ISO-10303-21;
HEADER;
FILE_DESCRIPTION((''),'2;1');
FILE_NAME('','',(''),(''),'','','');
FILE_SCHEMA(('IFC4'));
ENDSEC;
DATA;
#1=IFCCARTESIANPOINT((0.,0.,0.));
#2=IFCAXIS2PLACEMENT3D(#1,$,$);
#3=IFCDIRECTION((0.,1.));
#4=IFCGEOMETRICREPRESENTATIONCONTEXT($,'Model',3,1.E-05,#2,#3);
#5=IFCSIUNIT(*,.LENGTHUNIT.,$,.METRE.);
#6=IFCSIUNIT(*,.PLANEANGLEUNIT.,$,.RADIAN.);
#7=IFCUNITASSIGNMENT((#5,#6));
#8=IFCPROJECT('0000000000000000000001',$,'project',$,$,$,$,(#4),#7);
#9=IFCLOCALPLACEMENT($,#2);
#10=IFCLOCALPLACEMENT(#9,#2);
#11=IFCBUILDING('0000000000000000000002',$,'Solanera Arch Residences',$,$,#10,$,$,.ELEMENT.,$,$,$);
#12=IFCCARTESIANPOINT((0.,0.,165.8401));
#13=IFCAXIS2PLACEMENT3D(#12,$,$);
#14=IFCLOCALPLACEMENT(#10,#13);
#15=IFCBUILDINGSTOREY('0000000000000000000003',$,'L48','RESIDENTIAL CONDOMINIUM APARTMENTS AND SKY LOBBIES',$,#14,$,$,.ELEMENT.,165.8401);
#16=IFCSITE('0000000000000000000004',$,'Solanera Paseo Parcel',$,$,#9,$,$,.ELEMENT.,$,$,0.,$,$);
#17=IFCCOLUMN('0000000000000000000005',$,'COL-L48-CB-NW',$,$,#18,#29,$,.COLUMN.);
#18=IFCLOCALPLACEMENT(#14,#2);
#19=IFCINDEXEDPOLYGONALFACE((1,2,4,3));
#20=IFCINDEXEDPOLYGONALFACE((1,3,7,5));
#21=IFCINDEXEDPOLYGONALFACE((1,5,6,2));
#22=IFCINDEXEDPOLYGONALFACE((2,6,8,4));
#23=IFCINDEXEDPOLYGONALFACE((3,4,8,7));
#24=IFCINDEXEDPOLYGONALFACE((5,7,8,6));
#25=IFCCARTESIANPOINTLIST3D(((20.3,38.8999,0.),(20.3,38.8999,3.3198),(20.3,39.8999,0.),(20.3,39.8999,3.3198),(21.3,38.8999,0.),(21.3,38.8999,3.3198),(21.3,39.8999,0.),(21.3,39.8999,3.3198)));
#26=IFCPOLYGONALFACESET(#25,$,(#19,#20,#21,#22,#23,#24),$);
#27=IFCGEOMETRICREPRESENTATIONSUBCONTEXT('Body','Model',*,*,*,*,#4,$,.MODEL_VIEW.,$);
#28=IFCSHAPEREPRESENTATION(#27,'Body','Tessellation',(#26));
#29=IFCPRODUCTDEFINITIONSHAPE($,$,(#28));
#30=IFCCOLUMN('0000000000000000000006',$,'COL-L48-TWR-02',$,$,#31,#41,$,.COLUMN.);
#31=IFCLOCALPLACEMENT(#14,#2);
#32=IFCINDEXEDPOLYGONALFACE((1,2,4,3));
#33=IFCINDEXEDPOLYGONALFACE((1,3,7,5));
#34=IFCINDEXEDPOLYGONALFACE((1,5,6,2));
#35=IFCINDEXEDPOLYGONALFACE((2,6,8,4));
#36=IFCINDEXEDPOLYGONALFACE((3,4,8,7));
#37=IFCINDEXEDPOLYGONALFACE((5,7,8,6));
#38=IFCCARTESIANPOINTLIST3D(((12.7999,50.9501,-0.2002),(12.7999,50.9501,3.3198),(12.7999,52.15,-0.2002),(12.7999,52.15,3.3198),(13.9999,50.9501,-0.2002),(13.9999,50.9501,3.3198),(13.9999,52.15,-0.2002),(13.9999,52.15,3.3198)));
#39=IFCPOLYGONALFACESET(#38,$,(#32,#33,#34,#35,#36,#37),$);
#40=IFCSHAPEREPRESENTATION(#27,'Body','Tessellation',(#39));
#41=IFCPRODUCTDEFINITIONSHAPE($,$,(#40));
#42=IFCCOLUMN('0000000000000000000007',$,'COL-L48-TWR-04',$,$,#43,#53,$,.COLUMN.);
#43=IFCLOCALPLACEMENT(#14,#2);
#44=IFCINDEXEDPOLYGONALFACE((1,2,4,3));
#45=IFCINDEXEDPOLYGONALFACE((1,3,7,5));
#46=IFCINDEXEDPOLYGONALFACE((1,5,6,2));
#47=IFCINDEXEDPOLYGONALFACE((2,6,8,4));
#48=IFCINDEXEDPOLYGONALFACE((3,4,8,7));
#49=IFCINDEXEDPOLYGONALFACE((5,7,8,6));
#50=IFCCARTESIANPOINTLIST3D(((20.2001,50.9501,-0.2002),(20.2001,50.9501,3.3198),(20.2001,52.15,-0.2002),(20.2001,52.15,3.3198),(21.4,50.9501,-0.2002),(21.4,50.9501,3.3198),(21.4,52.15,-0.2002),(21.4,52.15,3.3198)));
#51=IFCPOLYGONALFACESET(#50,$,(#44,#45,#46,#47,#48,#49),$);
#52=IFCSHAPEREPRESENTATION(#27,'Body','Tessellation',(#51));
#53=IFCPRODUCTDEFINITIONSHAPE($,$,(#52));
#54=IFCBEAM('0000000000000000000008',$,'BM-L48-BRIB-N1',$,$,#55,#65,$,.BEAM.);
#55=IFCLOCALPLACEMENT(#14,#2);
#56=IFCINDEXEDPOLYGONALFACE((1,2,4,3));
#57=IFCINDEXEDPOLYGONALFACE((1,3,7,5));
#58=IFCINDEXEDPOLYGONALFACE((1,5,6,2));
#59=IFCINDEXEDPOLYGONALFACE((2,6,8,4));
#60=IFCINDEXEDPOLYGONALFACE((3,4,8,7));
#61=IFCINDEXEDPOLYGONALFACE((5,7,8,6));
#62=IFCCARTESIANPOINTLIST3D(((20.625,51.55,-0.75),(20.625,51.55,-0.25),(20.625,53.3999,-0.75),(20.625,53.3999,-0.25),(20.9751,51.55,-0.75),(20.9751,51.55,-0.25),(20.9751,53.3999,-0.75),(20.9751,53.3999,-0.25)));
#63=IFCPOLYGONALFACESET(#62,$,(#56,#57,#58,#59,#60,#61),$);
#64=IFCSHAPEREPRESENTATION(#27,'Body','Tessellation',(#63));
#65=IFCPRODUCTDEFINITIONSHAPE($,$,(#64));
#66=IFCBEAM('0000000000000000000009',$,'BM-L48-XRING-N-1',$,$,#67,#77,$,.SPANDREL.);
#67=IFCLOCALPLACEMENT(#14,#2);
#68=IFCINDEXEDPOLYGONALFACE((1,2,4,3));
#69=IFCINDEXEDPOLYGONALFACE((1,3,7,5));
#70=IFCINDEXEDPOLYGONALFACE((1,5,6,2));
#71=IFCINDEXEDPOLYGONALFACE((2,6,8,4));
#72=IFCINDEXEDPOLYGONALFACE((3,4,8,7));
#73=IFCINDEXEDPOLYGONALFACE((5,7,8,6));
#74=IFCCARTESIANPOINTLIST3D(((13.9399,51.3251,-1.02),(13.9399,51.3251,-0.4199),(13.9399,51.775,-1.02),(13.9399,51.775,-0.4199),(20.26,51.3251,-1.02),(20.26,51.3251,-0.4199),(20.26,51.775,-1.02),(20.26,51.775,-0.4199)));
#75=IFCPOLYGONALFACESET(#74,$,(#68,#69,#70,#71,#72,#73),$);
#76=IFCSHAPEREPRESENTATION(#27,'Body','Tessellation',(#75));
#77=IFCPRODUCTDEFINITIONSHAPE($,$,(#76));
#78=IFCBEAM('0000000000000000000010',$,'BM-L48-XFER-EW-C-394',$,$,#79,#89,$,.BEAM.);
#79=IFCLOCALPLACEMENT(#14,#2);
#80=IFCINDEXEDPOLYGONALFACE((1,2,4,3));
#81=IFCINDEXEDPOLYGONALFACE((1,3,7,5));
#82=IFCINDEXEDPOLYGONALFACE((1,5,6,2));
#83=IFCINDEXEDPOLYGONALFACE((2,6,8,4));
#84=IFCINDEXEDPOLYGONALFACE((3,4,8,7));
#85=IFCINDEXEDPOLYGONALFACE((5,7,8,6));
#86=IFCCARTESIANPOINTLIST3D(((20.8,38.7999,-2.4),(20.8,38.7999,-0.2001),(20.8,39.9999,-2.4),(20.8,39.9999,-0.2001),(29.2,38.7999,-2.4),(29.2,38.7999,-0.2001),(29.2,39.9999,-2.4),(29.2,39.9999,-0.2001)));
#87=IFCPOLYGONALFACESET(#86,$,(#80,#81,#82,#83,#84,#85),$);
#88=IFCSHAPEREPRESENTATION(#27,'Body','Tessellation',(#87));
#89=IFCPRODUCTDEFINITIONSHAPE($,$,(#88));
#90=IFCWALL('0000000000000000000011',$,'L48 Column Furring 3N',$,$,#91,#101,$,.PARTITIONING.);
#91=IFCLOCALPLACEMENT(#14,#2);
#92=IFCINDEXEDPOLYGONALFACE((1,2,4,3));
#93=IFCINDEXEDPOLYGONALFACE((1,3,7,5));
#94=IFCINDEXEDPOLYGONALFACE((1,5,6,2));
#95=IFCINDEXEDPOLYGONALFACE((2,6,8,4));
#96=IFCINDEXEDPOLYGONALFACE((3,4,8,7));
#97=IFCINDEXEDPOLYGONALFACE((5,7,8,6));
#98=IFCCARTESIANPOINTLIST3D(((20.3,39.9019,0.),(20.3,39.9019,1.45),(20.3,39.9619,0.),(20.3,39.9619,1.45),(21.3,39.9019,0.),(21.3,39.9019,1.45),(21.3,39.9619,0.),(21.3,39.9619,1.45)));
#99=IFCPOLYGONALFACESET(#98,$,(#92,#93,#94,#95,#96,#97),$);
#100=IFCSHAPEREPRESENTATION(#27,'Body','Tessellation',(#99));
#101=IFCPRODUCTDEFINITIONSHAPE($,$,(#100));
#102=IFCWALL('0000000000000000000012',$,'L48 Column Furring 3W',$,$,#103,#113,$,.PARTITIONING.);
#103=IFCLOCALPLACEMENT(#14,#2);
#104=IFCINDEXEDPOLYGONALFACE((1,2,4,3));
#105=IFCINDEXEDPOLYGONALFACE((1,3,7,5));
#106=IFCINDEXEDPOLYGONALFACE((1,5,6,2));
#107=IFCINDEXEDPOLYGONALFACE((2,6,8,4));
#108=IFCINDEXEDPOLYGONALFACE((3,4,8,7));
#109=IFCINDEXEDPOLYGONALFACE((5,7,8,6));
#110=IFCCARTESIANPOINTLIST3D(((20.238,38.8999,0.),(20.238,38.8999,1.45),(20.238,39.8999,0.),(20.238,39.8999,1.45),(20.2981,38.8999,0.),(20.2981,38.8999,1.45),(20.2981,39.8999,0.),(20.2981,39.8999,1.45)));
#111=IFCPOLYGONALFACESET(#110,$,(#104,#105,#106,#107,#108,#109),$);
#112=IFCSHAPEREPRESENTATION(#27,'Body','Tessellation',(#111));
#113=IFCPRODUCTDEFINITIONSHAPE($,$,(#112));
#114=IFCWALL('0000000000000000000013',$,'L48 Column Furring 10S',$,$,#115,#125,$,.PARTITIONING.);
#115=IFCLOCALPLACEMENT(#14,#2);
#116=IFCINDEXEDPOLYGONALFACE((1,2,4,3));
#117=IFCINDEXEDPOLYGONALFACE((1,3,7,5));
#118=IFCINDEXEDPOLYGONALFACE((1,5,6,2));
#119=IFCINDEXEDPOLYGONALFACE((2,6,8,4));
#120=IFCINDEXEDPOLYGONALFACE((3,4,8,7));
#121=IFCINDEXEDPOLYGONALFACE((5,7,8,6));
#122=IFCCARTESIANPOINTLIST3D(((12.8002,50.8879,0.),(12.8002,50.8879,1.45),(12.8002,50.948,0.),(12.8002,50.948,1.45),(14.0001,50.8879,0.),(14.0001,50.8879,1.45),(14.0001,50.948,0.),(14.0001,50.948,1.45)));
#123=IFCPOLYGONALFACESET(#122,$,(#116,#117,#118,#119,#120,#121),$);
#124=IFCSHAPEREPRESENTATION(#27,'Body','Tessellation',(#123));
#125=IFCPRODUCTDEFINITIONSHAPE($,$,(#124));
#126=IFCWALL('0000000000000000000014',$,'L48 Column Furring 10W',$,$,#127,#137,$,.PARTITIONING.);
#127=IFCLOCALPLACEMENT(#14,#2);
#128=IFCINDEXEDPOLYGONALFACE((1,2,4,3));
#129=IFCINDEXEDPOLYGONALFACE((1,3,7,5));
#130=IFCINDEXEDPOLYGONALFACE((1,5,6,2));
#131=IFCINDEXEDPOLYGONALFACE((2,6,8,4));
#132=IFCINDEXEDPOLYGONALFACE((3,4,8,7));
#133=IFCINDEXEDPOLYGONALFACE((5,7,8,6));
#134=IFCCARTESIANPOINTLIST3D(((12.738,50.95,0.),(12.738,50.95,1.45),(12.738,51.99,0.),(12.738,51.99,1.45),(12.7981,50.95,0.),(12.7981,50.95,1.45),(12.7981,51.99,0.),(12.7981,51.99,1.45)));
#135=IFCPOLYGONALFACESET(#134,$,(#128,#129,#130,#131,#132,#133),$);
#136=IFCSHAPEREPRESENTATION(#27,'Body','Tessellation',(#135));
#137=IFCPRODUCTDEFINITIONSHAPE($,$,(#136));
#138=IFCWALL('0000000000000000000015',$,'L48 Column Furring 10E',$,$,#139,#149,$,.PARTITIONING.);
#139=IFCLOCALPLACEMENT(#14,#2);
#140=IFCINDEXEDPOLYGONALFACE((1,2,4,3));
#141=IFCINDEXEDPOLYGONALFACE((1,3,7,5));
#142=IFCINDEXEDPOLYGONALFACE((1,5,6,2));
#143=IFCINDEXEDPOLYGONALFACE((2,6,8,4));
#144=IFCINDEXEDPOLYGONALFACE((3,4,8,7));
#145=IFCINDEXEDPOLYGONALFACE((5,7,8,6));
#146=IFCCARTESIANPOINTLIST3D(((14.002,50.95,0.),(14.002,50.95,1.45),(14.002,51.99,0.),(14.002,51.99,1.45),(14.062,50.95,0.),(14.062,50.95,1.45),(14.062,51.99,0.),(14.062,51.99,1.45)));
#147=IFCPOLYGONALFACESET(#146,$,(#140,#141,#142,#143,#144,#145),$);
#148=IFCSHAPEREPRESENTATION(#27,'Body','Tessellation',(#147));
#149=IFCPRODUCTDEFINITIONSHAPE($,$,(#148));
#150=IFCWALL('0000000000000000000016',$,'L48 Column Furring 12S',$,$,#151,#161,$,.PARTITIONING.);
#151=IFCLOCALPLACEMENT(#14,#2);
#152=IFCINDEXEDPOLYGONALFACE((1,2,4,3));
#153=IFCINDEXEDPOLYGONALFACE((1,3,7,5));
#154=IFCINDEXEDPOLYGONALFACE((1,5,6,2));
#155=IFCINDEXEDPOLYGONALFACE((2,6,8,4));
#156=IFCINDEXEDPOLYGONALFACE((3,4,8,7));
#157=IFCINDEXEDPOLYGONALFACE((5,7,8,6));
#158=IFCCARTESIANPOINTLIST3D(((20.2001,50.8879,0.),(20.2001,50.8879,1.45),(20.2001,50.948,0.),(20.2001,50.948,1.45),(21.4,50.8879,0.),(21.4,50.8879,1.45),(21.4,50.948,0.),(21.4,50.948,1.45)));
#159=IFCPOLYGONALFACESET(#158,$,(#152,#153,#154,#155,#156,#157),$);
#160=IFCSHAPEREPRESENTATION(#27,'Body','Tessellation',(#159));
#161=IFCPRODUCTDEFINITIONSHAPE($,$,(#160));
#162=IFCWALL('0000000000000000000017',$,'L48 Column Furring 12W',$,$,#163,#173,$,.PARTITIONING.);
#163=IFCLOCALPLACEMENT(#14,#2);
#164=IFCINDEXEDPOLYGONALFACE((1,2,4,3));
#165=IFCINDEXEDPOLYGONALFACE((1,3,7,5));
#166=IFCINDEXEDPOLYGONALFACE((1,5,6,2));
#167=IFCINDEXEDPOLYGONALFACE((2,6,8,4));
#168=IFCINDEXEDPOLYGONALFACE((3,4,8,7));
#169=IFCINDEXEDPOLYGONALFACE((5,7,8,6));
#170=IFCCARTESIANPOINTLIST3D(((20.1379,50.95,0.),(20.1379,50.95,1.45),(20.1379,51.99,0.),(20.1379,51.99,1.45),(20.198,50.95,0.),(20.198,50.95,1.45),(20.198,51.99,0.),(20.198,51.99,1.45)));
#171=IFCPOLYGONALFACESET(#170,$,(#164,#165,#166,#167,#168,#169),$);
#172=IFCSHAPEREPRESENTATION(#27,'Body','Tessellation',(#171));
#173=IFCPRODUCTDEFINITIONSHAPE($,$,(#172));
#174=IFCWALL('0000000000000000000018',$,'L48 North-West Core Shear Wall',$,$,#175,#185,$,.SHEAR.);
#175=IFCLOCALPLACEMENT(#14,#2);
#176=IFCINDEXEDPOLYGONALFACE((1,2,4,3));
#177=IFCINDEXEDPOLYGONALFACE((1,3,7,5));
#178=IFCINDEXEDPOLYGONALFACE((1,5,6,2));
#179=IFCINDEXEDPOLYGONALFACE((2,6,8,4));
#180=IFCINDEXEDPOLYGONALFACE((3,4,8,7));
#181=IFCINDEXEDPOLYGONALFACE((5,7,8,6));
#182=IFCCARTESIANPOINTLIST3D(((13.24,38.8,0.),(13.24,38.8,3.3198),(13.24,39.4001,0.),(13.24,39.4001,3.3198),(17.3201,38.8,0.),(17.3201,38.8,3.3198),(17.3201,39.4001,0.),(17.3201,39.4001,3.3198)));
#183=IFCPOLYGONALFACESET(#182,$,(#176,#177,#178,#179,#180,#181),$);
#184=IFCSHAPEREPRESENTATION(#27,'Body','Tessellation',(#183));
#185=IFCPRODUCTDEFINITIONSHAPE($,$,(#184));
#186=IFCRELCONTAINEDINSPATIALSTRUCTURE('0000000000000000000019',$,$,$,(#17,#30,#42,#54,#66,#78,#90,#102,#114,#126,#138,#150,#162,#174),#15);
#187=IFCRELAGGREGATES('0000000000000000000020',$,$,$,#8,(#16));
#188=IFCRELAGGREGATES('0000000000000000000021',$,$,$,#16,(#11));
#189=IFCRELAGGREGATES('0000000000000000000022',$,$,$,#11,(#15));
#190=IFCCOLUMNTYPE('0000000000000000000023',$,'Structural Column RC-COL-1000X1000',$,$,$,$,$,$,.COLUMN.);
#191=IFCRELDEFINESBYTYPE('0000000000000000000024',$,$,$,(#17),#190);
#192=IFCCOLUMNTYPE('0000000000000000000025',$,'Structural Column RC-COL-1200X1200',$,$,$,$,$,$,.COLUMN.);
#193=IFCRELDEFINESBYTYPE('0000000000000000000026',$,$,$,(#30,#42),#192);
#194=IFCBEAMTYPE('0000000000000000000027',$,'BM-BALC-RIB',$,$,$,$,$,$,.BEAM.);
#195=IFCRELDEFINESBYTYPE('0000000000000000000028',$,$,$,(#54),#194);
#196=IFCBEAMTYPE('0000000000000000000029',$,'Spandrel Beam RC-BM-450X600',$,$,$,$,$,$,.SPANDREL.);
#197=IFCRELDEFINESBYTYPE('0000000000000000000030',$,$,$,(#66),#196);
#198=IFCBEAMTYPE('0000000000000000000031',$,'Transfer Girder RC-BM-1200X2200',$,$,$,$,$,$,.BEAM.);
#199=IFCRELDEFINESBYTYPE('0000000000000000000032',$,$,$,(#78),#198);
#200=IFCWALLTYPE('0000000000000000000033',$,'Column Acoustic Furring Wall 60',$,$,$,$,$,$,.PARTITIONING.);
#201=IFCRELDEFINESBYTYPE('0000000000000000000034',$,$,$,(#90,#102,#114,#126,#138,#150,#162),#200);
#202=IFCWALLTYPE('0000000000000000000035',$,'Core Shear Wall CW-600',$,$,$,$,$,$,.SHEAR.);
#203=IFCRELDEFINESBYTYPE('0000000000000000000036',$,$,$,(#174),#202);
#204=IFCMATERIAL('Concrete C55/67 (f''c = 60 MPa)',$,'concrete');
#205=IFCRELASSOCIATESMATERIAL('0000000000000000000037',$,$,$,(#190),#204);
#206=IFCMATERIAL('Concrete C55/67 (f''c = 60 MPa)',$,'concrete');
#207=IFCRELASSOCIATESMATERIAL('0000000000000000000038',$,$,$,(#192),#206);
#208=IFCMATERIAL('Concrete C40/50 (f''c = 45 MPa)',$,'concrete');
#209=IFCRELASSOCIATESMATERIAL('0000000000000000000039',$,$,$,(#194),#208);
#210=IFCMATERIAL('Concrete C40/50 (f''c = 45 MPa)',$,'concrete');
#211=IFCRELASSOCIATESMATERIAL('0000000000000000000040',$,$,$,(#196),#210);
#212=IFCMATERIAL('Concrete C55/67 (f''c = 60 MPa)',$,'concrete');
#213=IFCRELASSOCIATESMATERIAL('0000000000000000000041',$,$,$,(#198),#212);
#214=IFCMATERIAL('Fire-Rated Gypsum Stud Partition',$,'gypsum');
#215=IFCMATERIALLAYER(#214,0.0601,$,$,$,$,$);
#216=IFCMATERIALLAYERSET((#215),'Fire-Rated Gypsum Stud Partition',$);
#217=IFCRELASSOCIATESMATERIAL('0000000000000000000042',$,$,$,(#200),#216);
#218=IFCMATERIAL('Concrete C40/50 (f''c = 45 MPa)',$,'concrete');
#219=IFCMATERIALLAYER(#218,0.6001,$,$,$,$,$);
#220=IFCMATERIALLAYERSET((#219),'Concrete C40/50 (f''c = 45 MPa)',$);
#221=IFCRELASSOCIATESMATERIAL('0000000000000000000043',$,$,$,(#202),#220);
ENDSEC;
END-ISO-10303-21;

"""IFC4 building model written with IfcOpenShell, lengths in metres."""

from ifc_helpers import new_model, si_unit, direction, frame, frame_2d, origin, origin_2d, place, context, subcontext, project, spatial, rectangle, extrude, material, layer, layer_set, material_profile, profile_set, type_object, element, save


model = new_model("IFC4")

# Units and contexts
model_context = context("Model", 3, precision=1e-05, world=origin(), true_north=direction((0.0, 1.0)))
body_context = subcontext(model_context, "Body", "Model", "MODEL_VIEW")
ifc_project = project(units=[si_unit("LENGTHUNIT", "METRE"), si_unit("PLANEANGLEUNIT", "RADIAN")], contexts=[model_context])

# Site, building, storey
site_placement = place(None, origin())
site = spatial("IfcSite", under=ifc_project, at=site_placement, Name="Solanera Paseo Parcel", CompositionType="ELEMENT", RefElevation=0.0)
building_placement = place(site_placement, origin())
building = spatial("IfcBuilding", under=site, at=building_placement, Name="Solanera Arch Residences", CompositionType="ELEMENT")
storey_placement = place(building_placement, frame((0.0, 0.0, 165.8401)))
storey = spatial("IfcBuildingStorey", under=building, at=storey_placement, Name="L48", Description="RESIDENTIAL CONDOMINIUM APARTMENTS AND SKY LOBBIES", CompositionType="ELEMENT", Elevation=165.8401)

# Columns
ifc_material_1 = material(Name="Concrete C55/67 (f'c = 60 MPa)", Category="concrete")
ifc_material_profile_1 = material_profile(ifc_material_1, rectangle(XDim=1.0, YDim=1.0, at=origin_2d()))
ifc_profile_set_1 = profile_set([ifc_material_profile_1], Name="Concrete C55/67 (f'c = 60 MPa)")
column_type_1 = type_object("IfcColumnType", Name="Structural Column RC-COL-1000X1000", PredefinedType="COLUMN", material=ifc_profile_set_1)
column_placement = place(storey_placement, frame((20.8, 39.3999, 0.0), z_axis=(0.0, 0.0, 1.0), x_axis=(1.0, 0.0, 0.0)))
element("IfcColumn", 1, at=column_placement, inside=storey, type_object=column_type_1, Name="COL-L48-CB-NW", PredefinedType="COLUMN", context=body_context, shape_type="SweptSolid", body=[
    extrude(rectangle(XDim=1.0, YDim=1.0, at=origin_2d()), origin(), (0.0, 0.0, 1.0), 3.3198),
])
ifc_material_2 = material(Name="Concrete C55/67 (f'c = 60 MPa)", Category="concrete")
ifc_material_profile_2 = material_profile(ifc_material_2, rectangle(XDim=1.2, YDim=1.2, at=origin_2d()))
ifc_profile_set_2 = profile_set([ifc_material_profile_2], Name="Concrete C55/67 (f'c = 60 MPa)")
column_type_2 = type_object("IfcColumnType", Name="Structural Column RC-COL-1200X1200", PredefinedType="COLUMN", material=ifc_profile_set_2)
for number, where, z_axis, x_axis, name in (
    (2, (13.3999, 51.55, -0.2002), (0.0, 0.0, 1.0), (1.0, 0.0, 0.0), "COL-L48-TWR-02"),
    (3, (20.8, 51.55, -0.2002), (0.0, 0.0, 1.0), (1.0, 0.0, 0.0), "COL-L48-TWR-04"),
):
    element("IfcColumn", number, at=place(storey_placement, frame(where, z_axis=z_axis, x_axis=x_axis)), inside=storey, type_object=column_type_2, Name=name, PredefinedType="COLUMN", context=body_context, shape_type="SweptSolid", body=[
        extrude(rectangle(XDim=1.2, YDim=1.2, at=origin_2d()), origin(), (0.0, 0.0, 1.0), 3.52),
    ])

# Beams
ifc_material_3 = material(Name="Concrete C40/50 (f'c = 45 MPa)", Category="concrete")
ifc_material_profile_3 = material_profile(ifc_material_3, rectangle(XDim=0.3501, YDim=0.5, at=origin_2d()))
ifc_profile_set_3 = profile_set([ifc_material_profile_3], Name="Concrete C40/50 (f'c = 45 MPa)")
beam_type_1 = type_object("IfcBeamType", Name="BM-BALC-RIB", PredefinedType="BEAM", material=ifc_profile_set_3)
beam_1_placement = place(storey_placement, frame((20.8, 51.55, -0.5), z_axis=(0.0, 1.0, 0.0), x_axis=(-1.0, 0.0, 0.0)))
element("IfcBeam", 4, at=beam_1_placement, inside=storey, type_object=beam_type_1, Name="BM-L48-BRIB-N1", PredefinedType="BEAM", context=body_context, shape_type="SweptSolid", body=[
    extrude(rectangle(XDim=0.3501, YDim=0.5, at=origin_2d()), origin(), (0.0, 0.0, 1.0), 1.8499),
])
ifc_material_4 = material(Name="Concrete C40/50 (f'c = 45 MPa)", Category="concrete")
ifc_material_profile_4 = material_profile(ifc_material_4, rectangle(XDim=0.45, YDim=0.6001, at=origin_2d()))
ifc_profile_set_4 = profile_set([ifc_material_profile_4], Name="Concrete C40/50 (f'c = 45 MPa)")
beam_type_2 = type_object("IfcBeamType", Name="Spandrel Beam RC-BM-450X600", PredefinedType="SPANDREL", material=ifc_profile_set_4)
beam_2_placement = place(storey_placement, frame((13.9399, 51.55, -0.72), z_axis=(1.0, 0.0, 0.0), x_axis=(0.0, 1.0, 0.0)))
element("IfcBeam", 5, at=beam_2_placement, inside=storey, type_object=beam_type_2, Name="BM-L48-XRING-N-1", PredefinedType="SPANDREL", context=body_context, shape_type="SweptSolid", body=[
    extrude(rectangle(XDim=0.45, YDim=0.6001, at=origin_2d()), origin(), (0.0, 0.0, 1.0), 6.3201),
])
ifc_material_5 = material(Name="Concrete C55/67 (f'c = 60 MPa)", Category="concrete")
ifc_material_profile_5 = material_profile(ifc_material_5, rectangle(XDim=1.2, YDim=2.2, at=origin_2d()))
ifc_profile_set_5 = profile_set([ifc_material_profile_5], Name="Concrete C55/67 (f'c = 60 MPa)")
beam_type_3 = type_object("IfcBeamType", Name="Transfer Girder RC-BM-1200X2200", PredefinedType="BEAM", material=ifc_profile_set_5)
beam_3_placement = place(storey_placement, frame((20.8, 39.3999, -1.3), z_axis=(1.0, 0.0, 0.0), x_axis=(0.0, 1.0, 0.0)))
element("IfcBeam", 6, at=beam_3_placement, inside=storey, type_object=beam_type_3, Name="BM-L48-XFER-EW-C-394", PredefinedType="BEAM", context=body_context, shape_type="SweptSolid", body=[
    extrude(rectangle(XDim=1.2, YDim=2.2, at=origin_2d()), origin(), (0.0, 0.0, 1.0), 8.3999),
])

# Walls
ifc_material_6 = material(Name="Fire-Rated Gypsum Stud Partition", Category="gypsum")
ifc_layer_1 = layer(ifc_material_6, 0.0601)
ifc_layer_set_1 = layer_set([ifc_layer_1], Name="Fire-Rated Gypsum Stud Partition")
wall_type_1 = type_object("IfcWallType", Name="Column Acoustic Furring Wall 60", PredefinedType="PARTITIONING", material=ifc_layer_set_1)
for number, where, z_axis, x_axis, name in (
    (7, (20.3, 39.9319, 0.0), (0.0, 0.0, 1.0), (1.0, 0.0, 0.0), "L48 Column Furring 3N"),
    (8, (20.2681, 38.8999, 0.0), (0.0, 0.0, 1.0), (0.0, 1.0, 0.0), "L48 Column Furring 3W"),
):
    element("IfcWall", number, at=place(storey_placement, frame(where, z_axis=z_axis, x_axis=x_axis)), inside=storey, type_object=wall_type_1, Name=name, PredefinedType="PARTITIONING", context=body_context, shape_type="SweptSolid", body=[
        extrude(rectangle(XDim=1.0, YDim=0.0601, at=frame_2d((0.5, 0.0))), origin(), (0.0, 0.0, 1.0), 1.45),
    ])
wall_1_placement = place(storey_placement, frame((12.8, 50.918, 0.0), z_axis=(0.0, 0.0, 1.0), x_axis=(1.0, 0.0, 0.0)))
element("IfcWall", 9, at=wall_1_placement, inside=storey, type_object=wall_type_1, Name="L48 Column Furring 10S", PredefinedType="PARTITIONING", context=body_context, shape_type="SweptSolid", body=[
    extrude(rectangle(XDim=1.2, YDim=0.0601, at=frame_2d((0.6001, 0.0))), origin(), (0.0, 0.0, 1.0), 1.45),
])
for number, where, z_axis, x_axis, name in (
    (10, (12.7681, 50.95, 0.0), (0.0, 0.0, 1.0), (0.0, 1.0, 0.0), "L48 Column Furring 10W"),
    (11, (14.032, 50.95, 0.0), (0.0, 0.0, 1.0), (0.0, 1.0, 0.0), "L48 Column Furring 10E"),
):
    element("IfcWall", number, at=place(storey_placement, frame(where, z_axis=z_axis, x_axis=x_axis)), inside=storey, type_object=wall_type_1, Name=name, PredefinedType="PARTITIONING", context=body_context, shape_type="SweptSolid", body=[
        extrude(rectangle(XDim=1.04, YDim=0.0601, at=frame_2d((0.52, 0.0))), origin(), (0.0, 0.0, 1.0), 1.45),
    ])
wall_2_placement = place(storey_placement, frame((20.2, 50.918, 0.0), z_axis=(0.0, 0.0, 1.0), x_axis=(1.0, 0.0, 0.0)))
element("IfcWall", 12, at=wall_2_placement, inside=storey, type_object=wall_type_1, Name="L48 Column Furring 12S", PredefinedType="PARTITIONING", context=body_context, shape_type="SweptSolid", body=[
    extrude(rectangle(XDim=1.2, YDim=0.0601, at=frame_2d((0.6001, 0.0))), origin(), (0.0, 0.0, 1.0), 1.45),
])
wall_3_placement = place(storey_placement, frame((20.168, 50.95, 0.0), z_axis=(0.0, 0.0, 1.0), x_axis=(0.0, 1.0, 0.0)))
element("IfcWall", 13, at=wall_3_placement, inside=storey, type_object=wall_type_1, Name="L48 Column Furring 12W", PredefinedType="PARTITIONING", context=body_context, shape_type="SweptSolid", body=[
    extrude(rectangle(XDim=1.04, YDim=0.0601, at=frame_2d((0.52, 0.0))), origin(), (0.0, 0.0, 1.0), 1.45),
])
ifc_material_7 = material(Name="Concrete C40/50 (f'c = 45 MPa)", Category="concrete")
ifc_layer_2 = layer(ifc_material_7, 0.6001)
ifc_layer_set_2 = layer_set([ifc_layer_2], Name="Concrete C40/50 (f'c = 45 MPa)")
wall_type_2 = type_object("IfcWallType", Name="Core Shear Wall CW-600", PredefinedType="SHEAR", material=ifc_layer_set_2)
wall_4_placement = place(storey_placement, frame((13.24, 39.1001, 0.0), z_axis=(0.0, 0.0, 1.0), x_axis=(1.0, 0.0, 0.0)))
element("IfcWall", 14, at=wall_4_placement, inside=storey, type_object=wall_type_2, Name="L48 North-West Core Shear Wall", PredefinedType="SHEAR", context=body_context, shape_type="SweptSolid", body=[
    extrude(rectangle(XDim=4.0801, YDim=0.6001, at=frame_2d((2.04, 0.0))), origin(), (0.0, 0.0, 1.0), 3.3198),
])

save(model, "model.ifc")
